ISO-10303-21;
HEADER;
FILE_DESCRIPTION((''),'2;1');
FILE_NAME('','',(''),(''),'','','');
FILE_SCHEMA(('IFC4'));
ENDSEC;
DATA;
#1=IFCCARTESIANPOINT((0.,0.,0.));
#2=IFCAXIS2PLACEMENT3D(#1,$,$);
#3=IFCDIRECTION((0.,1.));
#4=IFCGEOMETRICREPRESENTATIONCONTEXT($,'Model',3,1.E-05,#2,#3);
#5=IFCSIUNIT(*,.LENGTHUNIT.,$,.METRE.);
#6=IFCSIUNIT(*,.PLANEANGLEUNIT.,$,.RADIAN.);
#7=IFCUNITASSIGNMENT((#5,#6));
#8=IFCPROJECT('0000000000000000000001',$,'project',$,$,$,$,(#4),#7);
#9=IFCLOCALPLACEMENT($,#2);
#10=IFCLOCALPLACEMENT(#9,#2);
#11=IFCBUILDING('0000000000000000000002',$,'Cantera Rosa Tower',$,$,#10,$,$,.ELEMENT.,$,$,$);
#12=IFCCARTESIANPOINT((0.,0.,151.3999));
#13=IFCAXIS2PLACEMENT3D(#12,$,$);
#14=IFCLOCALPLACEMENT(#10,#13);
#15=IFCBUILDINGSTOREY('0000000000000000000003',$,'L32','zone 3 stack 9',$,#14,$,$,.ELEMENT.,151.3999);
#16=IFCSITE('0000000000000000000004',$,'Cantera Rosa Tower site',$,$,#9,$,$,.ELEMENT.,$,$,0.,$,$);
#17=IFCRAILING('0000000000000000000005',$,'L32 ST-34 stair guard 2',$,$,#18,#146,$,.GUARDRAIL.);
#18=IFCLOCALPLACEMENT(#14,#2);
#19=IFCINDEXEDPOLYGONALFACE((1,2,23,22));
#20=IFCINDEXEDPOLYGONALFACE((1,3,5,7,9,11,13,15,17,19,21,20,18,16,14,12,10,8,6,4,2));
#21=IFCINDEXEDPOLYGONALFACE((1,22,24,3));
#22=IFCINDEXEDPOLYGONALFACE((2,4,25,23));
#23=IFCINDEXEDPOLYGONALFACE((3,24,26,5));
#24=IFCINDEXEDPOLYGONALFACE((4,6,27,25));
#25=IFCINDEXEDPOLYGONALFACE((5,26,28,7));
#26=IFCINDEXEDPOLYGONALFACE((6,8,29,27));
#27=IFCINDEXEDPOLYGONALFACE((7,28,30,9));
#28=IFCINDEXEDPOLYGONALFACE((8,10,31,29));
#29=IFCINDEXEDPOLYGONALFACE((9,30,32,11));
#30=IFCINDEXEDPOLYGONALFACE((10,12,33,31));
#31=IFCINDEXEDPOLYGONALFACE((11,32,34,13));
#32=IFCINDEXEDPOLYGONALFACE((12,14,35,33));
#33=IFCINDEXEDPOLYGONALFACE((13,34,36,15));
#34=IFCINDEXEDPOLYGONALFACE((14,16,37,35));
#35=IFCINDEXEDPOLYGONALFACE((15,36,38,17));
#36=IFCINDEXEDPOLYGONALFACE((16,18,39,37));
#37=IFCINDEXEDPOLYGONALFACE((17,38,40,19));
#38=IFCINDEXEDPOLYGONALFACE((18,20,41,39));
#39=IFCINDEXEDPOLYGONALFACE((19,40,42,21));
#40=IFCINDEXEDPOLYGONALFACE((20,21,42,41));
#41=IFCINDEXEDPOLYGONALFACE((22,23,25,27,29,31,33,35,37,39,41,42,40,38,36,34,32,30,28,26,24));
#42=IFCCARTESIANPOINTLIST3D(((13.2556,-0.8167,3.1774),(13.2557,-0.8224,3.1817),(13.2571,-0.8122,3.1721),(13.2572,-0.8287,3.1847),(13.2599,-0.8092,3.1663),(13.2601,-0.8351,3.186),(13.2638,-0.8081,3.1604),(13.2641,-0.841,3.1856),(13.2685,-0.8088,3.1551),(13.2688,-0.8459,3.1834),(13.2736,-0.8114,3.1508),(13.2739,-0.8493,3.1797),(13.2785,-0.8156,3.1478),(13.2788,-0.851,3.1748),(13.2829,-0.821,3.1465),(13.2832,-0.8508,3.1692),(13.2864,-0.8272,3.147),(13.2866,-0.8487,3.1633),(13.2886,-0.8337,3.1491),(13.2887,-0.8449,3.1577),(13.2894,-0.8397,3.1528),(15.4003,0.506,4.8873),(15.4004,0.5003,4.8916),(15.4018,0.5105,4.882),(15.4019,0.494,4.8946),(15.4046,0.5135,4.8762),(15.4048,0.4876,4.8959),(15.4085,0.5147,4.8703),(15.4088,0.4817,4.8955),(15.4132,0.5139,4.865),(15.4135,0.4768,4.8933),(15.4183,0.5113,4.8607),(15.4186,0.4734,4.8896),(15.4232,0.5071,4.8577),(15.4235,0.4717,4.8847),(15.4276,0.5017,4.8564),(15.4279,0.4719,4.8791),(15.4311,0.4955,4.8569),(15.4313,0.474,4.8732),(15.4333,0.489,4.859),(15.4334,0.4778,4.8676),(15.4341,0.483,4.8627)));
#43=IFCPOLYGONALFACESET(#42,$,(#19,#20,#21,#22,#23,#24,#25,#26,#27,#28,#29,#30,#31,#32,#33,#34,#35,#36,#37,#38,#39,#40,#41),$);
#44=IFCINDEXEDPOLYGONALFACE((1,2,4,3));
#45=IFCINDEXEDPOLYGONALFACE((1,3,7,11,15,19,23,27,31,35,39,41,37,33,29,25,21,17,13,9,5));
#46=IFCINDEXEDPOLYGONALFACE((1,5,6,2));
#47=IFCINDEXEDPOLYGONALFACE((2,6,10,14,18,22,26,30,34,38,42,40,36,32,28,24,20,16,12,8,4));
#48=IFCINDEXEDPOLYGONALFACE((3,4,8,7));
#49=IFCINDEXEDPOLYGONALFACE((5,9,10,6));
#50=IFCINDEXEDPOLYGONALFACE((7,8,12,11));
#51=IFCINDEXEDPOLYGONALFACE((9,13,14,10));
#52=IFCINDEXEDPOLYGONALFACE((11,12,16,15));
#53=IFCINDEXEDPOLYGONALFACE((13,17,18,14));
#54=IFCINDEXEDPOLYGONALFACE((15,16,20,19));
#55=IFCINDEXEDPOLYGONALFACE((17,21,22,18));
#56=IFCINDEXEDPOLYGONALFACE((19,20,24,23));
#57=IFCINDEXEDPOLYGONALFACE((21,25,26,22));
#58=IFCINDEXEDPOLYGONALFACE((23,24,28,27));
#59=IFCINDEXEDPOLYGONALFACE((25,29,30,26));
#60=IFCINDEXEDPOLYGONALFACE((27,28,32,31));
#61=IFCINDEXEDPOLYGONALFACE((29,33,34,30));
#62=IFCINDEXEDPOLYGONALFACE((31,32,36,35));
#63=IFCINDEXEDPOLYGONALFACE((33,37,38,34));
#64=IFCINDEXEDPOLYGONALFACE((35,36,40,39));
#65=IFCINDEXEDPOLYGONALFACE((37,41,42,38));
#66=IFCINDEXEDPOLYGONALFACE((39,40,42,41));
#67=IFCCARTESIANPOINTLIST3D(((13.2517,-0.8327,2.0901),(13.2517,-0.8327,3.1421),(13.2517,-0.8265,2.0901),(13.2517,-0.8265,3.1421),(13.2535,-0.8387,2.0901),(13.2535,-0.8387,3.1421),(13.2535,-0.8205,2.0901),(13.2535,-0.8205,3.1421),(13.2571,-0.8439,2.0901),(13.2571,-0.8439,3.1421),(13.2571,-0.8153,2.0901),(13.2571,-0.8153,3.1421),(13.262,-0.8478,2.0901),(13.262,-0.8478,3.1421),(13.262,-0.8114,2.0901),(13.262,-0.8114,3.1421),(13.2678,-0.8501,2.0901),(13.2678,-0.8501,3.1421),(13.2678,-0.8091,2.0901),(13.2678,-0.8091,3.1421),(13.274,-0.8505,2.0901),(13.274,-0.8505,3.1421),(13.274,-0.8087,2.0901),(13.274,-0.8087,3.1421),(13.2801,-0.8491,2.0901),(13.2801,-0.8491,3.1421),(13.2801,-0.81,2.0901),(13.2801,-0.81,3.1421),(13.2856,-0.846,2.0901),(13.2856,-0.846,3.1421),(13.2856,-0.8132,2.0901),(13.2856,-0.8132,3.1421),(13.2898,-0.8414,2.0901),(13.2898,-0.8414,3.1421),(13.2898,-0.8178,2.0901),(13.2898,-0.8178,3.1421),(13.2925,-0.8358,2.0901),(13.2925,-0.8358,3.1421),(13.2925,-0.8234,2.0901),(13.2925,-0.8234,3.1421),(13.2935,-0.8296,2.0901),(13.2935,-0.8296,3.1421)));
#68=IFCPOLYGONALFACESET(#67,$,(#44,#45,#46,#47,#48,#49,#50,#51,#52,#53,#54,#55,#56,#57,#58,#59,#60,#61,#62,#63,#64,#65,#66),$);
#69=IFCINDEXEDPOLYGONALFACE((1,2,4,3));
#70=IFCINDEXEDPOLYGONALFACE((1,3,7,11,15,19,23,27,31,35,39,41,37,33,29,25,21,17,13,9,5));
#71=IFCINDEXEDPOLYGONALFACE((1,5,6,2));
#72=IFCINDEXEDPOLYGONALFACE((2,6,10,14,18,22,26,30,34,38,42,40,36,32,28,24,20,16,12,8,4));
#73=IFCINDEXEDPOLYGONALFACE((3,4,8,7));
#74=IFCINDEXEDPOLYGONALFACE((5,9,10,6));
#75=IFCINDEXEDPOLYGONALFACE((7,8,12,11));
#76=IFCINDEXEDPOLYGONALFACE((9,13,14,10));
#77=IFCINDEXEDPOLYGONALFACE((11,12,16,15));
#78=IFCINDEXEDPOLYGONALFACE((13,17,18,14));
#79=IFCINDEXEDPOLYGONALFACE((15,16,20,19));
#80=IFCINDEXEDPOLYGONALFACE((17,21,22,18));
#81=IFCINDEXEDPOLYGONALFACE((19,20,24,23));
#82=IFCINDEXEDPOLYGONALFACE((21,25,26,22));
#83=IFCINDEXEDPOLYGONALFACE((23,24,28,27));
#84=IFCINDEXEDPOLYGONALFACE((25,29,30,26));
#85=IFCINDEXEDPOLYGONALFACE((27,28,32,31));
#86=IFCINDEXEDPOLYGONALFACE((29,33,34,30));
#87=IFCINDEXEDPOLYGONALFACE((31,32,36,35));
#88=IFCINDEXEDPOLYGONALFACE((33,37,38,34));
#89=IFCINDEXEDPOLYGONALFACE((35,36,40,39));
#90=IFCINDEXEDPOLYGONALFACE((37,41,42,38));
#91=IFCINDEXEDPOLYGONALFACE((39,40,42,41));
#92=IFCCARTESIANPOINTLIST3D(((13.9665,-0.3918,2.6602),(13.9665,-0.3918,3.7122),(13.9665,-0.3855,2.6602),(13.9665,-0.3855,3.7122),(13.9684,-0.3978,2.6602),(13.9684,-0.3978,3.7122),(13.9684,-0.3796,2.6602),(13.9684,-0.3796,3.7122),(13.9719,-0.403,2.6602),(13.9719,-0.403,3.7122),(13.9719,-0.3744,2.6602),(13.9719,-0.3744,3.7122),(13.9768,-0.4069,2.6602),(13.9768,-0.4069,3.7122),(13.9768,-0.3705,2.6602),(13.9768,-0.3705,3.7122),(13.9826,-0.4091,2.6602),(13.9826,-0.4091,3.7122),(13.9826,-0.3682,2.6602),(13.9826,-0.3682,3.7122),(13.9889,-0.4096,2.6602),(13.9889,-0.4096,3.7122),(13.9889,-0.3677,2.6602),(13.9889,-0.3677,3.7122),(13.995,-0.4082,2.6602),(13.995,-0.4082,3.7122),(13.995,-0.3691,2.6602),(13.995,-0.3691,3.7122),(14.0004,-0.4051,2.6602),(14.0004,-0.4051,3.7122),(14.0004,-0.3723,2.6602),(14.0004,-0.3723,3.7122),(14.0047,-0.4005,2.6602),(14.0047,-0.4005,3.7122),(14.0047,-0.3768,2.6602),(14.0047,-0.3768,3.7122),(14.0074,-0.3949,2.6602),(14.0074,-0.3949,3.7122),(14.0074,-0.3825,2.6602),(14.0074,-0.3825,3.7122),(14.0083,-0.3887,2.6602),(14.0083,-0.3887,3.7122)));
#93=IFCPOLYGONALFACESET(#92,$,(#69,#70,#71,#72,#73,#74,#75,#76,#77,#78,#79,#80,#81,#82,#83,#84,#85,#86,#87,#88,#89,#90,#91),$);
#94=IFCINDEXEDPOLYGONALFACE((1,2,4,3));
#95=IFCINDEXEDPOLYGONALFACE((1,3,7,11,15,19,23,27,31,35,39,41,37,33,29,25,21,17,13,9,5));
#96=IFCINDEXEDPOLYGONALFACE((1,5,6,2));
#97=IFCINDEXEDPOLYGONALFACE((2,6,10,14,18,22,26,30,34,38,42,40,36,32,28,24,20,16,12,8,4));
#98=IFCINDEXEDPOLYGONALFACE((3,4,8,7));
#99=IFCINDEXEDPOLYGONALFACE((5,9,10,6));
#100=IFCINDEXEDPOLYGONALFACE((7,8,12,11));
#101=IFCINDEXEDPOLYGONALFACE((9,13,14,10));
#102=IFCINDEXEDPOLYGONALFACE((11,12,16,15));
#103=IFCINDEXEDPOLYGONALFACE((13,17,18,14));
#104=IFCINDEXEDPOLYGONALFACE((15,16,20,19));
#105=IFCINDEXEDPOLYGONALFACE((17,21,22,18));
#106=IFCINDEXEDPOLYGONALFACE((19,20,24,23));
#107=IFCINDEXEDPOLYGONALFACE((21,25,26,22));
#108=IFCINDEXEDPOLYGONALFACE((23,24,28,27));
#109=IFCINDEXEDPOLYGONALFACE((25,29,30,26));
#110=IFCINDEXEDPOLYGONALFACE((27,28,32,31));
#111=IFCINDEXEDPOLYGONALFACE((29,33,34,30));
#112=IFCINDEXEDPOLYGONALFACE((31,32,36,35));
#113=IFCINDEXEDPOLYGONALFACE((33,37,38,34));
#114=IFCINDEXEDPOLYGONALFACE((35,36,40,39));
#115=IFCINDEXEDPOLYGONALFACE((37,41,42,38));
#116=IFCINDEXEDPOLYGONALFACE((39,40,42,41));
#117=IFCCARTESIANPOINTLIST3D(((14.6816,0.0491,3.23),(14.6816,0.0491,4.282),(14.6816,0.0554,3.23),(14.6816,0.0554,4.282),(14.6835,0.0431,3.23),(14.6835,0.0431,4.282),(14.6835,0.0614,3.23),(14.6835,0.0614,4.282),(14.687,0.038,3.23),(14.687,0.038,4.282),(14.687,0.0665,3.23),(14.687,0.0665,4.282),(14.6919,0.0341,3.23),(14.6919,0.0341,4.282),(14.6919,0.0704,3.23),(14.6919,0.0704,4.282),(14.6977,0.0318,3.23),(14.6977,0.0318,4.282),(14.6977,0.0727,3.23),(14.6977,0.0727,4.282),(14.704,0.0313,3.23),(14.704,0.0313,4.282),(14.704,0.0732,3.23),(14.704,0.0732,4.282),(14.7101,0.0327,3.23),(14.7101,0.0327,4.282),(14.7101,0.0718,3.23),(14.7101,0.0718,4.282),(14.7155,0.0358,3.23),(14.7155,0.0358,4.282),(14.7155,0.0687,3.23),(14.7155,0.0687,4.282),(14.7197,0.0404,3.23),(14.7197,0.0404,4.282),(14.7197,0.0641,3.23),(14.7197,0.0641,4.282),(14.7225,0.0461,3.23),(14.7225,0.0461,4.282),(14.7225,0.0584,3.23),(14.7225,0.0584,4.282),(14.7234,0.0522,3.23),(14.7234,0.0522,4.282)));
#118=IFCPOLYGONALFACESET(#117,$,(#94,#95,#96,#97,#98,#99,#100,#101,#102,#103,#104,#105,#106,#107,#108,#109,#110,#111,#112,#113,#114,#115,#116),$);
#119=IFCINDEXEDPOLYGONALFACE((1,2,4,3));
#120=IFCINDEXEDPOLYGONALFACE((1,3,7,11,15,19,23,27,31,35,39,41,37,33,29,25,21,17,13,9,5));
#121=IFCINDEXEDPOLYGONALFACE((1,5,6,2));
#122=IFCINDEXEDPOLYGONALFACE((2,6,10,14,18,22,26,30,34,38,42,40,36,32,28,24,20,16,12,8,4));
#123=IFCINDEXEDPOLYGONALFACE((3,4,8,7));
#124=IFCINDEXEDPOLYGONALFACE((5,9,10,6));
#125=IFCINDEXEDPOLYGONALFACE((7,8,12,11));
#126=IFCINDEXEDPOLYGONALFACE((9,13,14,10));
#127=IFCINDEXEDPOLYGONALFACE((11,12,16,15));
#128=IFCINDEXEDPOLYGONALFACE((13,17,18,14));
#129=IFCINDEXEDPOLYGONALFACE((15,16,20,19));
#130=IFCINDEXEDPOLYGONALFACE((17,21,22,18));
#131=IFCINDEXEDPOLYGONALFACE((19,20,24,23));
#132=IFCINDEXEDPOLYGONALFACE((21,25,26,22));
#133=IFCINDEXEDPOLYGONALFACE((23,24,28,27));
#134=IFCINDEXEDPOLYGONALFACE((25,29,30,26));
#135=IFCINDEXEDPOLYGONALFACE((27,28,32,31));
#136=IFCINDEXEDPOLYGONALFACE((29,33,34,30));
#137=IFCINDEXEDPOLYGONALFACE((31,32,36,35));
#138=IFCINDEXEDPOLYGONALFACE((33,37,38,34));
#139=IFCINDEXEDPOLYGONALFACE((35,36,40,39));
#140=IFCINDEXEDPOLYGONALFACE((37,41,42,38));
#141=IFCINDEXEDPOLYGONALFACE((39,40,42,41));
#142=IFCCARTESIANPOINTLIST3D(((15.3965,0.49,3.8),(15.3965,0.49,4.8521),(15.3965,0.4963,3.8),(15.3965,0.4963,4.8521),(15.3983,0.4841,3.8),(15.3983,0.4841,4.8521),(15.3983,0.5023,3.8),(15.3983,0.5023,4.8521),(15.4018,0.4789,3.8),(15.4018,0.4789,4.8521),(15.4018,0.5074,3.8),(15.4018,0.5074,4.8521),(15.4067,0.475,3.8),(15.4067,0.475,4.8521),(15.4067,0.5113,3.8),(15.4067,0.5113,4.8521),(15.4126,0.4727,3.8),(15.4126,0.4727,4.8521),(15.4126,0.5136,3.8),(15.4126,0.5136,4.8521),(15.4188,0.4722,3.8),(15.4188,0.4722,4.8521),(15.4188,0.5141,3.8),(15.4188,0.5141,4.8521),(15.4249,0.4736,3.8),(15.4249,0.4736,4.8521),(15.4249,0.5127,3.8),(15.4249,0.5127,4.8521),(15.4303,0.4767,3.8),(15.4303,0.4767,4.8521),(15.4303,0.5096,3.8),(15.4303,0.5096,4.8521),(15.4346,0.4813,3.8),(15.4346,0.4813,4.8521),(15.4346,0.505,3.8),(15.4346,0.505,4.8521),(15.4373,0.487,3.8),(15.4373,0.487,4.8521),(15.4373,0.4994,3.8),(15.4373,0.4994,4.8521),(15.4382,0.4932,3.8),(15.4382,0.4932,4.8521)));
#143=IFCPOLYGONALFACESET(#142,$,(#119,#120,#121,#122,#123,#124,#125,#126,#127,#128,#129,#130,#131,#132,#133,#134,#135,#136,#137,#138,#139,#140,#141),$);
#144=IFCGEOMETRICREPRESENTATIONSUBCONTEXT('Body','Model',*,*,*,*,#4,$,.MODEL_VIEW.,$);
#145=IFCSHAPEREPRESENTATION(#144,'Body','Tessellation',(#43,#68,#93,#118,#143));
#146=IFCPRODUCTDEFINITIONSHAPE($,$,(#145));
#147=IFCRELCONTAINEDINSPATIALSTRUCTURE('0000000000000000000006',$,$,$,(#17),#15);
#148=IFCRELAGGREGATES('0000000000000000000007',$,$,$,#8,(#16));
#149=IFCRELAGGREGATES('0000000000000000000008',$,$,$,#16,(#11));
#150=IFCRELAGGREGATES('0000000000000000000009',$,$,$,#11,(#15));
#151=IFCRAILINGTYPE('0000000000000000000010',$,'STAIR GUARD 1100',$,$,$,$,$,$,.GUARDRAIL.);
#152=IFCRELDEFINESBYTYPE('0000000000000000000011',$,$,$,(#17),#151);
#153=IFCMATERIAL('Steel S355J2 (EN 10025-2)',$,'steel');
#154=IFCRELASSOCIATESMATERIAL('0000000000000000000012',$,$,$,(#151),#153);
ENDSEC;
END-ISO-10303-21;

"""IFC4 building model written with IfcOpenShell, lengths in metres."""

from ifc_helpers import new_model, si_unit, direction, frame, origin, origin_2d, place, context, subcontext, project, spatial, circle, extrude, material, type_object, element, save


model = new_model("IFC4")

# Units and contexts
model_context = context("Model", 3, precision=1e-05, world=origin(), true_north=direction((0.0, 1.0)))
body_context = subcontext(model_context, "Body", "Model", "MODEL_VIEW")
ifc_project = project(units=[si_unit("LENGTHUNIT", "METRE"), si_unit("PLANEANGLEUNIT", "RADIAN")], contexts=[model_context])

# Site, building, storey
site_placement = place(None, origin())
site = spatial("IfcSite", under=ifc_project, at=site_placement, Name="Cantera Rosa Tower site", CompositionType="ELEMENT", RefElevation=0.0)
building_placement = place(site_placement, origin())
building = spatial("IfcBuilding", under=site, at=building_placement, Name="Cantera Rosa Tower", CompositionType="ELEMENT")
storey_placement = place(building_placement, frame((0.0, 0.0, 151.3999)))
storey = spatial("IfcBuildingStorey", under=building, at=storey_placement, Name="L32", Description="zone 3 stack 9", CompositionType="ELEMENT", Elevation=151.3999)

# Railing
ifc_material_1 = material(Name="Steel S355J2 (EN 10025-2)", Category="steel")
railing_type_1 = type_object("IfcRailingType", Name="STAIR GUARD 1100", PredefinedType="GUARDRAIL", material=ifc_material_1)
railing_1_placement = place(storey_placement, frame((13.2725, -0.8296, 2.0901)))
element("IfcRailing", 1, at=railing_1_placement, inside=storey, type_object=railing_type_1, Name="L32 ST-34 stair guard 2", PredefinedType="GUARDRAIL", context=body_context, shape_type="SweptSolid", body=[
    extrude(circle(Radius=0.0239, at=origin_2d()), frame((0.0, 0.0, 1.0762), z_axis=(0.704296, 0.434363, 0.561513), x_axis=(-0.52493, 0.851146, 0.0)), (0.0, 0.0, 1.0), 3.0452),
    extrude(circle(Radius=0.021, at=origin_2d()), origin(), (0.0, 0.0, 1.0), 1.052),
    extrude(circle(Radius=0.021, at=origin_2d()), frame((0.7148, 0.4409, 0.5701)), (0.0, 0.0, 1.0), 1.052),
    extrude(circle(Radius=0.021, at=origin_2d()), frame((1.4299, 0.8818, 1.1399)), (0.0, 0.0, 1.0), 1.052),
    extrude(circle(Radius=0.021, at=origin_2d()), frame((2.1448, 1.3228, 1.71)), (0.0, 0.0, 1.0), 1.052),
])

save(model, "model.ifc")
